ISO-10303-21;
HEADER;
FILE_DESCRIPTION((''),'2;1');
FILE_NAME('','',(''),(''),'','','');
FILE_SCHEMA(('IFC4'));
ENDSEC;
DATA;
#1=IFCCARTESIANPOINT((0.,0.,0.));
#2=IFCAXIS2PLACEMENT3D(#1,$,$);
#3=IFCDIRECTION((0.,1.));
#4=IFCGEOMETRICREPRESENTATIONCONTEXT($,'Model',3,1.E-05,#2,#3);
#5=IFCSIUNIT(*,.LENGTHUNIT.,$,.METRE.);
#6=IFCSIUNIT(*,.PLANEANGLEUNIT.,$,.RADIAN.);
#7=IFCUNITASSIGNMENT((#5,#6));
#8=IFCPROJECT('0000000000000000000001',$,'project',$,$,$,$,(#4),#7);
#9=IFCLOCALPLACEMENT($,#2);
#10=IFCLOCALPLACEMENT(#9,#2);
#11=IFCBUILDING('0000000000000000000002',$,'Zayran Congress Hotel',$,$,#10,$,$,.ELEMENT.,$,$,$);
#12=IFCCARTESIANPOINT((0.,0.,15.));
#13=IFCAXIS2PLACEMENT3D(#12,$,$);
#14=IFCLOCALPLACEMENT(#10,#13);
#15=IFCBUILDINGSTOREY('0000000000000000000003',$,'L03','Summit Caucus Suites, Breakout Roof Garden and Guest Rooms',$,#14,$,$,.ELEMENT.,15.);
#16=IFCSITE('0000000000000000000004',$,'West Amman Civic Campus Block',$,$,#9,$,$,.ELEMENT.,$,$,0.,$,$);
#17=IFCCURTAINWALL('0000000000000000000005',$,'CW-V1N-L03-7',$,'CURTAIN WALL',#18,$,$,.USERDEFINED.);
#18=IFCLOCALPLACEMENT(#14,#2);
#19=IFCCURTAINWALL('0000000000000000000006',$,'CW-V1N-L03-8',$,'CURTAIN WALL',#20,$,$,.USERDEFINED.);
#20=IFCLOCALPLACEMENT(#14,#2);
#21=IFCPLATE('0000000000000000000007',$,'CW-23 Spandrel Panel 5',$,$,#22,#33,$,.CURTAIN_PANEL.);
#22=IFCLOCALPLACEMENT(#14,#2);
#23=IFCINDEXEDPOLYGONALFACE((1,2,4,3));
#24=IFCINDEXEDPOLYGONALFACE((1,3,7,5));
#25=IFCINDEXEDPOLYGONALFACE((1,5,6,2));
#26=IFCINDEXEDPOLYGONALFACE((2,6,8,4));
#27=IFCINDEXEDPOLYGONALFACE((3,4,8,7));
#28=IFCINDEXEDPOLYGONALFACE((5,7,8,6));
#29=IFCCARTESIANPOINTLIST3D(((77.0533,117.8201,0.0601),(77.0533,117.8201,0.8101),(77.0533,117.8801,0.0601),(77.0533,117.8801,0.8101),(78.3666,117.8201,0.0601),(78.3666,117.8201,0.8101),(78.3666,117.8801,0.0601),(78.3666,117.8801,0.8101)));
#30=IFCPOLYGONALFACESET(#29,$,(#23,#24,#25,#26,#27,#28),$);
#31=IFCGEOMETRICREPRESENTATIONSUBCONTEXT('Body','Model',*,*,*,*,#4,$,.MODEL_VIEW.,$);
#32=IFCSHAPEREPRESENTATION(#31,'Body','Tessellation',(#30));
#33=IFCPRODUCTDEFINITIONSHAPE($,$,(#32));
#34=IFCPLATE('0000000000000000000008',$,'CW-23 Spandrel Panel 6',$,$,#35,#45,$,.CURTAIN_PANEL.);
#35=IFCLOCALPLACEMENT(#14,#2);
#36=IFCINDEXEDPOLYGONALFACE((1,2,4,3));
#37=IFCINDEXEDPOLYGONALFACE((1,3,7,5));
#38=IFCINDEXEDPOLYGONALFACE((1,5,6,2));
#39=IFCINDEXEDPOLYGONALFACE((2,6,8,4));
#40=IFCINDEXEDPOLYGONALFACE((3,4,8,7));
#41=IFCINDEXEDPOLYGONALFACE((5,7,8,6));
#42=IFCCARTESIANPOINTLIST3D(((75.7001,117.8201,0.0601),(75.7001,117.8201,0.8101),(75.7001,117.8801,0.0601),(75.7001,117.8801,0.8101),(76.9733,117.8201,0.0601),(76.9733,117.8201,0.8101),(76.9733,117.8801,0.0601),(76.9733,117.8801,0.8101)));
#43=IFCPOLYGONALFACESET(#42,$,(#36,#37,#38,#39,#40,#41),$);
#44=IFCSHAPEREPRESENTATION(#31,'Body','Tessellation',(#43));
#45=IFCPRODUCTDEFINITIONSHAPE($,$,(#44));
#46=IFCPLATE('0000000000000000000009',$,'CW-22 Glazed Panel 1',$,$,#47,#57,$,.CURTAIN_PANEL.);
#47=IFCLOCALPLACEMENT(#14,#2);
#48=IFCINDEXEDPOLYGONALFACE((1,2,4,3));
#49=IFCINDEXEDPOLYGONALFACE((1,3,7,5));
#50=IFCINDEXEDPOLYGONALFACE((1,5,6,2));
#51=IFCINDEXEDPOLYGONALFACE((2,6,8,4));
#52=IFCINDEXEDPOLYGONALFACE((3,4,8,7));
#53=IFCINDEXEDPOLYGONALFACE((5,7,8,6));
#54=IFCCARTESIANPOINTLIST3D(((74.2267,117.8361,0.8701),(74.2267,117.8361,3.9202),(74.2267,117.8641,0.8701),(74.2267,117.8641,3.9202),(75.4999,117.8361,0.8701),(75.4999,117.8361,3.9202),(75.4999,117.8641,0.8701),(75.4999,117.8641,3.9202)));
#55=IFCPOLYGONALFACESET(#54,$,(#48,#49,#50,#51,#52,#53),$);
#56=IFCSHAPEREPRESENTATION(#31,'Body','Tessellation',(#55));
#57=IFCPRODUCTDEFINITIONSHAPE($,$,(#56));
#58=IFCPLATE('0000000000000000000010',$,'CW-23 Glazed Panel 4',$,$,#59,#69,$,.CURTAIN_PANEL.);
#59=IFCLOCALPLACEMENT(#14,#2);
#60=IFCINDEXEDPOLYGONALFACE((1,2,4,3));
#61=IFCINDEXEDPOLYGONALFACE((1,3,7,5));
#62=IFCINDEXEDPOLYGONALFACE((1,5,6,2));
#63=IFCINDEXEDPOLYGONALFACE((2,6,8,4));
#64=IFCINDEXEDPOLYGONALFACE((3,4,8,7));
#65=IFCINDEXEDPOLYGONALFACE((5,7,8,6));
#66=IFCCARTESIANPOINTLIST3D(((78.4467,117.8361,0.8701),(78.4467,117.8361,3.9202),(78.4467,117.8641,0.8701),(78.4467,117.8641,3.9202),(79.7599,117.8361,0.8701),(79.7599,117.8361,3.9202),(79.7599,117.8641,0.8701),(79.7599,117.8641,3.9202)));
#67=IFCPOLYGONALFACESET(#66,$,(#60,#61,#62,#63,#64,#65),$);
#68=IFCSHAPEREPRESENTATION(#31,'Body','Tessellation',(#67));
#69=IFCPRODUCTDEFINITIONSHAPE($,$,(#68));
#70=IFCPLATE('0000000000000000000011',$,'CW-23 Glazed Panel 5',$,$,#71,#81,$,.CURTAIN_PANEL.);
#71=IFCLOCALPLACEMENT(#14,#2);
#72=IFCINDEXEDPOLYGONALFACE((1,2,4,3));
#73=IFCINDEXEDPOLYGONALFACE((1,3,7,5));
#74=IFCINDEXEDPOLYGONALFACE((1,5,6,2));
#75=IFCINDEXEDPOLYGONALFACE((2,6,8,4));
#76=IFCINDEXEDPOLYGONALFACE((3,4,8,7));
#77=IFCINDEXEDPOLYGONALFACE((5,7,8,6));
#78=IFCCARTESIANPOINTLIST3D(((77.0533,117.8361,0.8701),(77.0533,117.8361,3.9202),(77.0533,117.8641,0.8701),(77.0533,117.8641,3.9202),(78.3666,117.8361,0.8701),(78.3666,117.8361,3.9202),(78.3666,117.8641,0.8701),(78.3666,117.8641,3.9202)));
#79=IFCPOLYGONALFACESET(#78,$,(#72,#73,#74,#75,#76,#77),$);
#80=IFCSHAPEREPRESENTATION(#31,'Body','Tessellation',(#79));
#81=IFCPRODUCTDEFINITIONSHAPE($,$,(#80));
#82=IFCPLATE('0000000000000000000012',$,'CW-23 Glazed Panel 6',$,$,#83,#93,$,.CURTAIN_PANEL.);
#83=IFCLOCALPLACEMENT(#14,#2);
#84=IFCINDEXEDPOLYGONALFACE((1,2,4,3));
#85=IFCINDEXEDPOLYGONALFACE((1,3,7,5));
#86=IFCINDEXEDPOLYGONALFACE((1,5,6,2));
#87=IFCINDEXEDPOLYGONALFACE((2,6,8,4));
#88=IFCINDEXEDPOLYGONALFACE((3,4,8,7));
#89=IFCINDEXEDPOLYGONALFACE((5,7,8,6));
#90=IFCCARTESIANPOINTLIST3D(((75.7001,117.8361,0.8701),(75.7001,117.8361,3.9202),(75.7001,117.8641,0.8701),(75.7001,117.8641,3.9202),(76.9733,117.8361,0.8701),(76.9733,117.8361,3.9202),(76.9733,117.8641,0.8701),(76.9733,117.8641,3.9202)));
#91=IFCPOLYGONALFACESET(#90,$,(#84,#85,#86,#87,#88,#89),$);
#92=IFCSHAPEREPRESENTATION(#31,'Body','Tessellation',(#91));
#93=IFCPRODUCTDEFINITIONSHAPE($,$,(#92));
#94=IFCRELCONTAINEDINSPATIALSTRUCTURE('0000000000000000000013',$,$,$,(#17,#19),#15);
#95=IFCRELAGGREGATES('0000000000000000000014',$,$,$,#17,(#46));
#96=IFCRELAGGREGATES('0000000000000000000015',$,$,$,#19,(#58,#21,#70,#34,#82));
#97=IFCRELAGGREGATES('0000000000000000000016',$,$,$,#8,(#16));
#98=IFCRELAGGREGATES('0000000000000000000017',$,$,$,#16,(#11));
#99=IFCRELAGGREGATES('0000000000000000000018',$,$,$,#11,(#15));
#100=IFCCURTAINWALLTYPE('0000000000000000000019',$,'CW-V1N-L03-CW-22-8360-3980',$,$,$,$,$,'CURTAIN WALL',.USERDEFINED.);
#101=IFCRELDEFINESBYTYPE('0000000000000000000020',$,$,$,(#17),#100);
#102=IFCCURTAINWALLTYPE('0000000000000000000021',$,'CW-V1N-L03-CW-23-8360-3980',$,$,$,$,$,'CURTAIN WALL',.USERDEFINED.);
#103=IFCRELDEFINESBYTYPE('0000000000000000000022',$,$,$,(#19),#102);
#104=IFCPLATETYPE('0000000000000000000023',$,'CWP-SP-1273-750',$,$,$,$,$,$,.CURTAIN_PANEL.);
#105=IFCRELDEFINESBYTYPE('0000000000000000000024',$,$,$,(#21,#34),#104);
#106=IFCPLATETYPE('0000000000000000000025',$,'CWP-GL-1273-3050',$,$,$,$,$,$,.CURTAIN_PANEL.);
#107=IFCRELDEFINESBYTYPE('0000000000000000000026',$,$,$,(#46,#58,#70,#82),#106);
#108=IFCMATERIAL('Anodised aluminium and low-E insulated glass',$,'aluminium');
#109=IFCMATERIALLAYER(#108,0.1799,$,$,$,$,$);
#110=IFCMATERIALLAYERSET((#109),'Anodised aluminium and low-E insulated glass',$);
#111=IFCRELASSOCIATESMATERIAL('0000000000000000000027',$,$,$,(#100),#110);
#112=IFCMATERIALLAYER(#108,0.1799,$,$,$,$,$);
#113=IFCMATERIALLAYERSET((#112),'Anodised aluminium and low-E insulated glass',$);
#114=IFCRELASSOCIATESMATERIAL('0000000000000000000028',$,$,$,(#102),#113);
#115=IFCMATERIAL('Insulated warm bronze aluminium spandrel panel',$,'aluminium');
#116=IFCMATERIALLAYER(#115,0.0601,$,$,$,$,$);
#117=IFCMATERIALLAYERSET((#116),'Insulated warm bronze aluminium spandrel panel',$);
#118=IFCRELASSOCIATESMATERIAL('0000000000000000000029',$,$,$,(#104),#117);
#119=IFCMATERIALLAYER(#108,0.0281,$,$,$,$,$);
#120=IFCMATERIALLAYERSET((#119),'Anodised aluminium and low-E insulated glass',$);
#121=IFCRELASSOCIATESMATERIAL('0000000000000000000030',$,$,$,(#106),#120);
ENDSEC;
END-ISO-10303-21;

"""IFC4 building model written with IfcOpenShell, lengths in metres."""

from ifc_helpers import new_model, si_unit, direction, frame, origin, origin_2d, place, context, subcontext, project, spatial, rectangle, extrude, material, layer, layer_set, type_object, element, aggregate, save


model = new_model("IFC4")

# Units and contexts
model_context = context("Model", 3, precision=1e-05, world=origin(), true_north=direction((0.0, 1.0)))
body_context = subcontext(model_context, "Body", "Model", "MODEL_VIEW")
ifc_project = project(units=[si_unit("LENGTHUNIT", "METRE"), si_unit("PLANEANGLEUNIT", "RADIAN")], contexts=[model_context])

# Site, building, storey
site_placement = place(None, origin())
site = spatial("IfcSite", under=ifc_project, at=site_placement, Name="West Amman Civic Campus Block", CompositionType="ELEMENT", RefElevation=0.0)
building_placement = place(site_placement, origin())
building = spatial("IfcBuilding", under=site, at=building_placement, Name="Zayran Congress Hotel", CompositionType="ELEMENT")
storey_placement = place(building_placement, frame((0.0, 0.0, 15.0)))
storey = spatial("IfcBuildingStorey", under=building, at=storey_placement, Name="L03", Description="Summit Caucus Suites, Breakout Roof Garden and Guest Rooms", CompositionType="ELEMENT", Elevation=15.0)

# Curtain wall
ifc_material_1 = material(Name="Anodised aluminium and low-E insulated glass", Category="aluminium")
ifc_layer_1 = layer(ifc_material_1, 0.1799)
ifc_layer_set_1 = layer_set([ifc_layer_1], Name="Anodised aluminium and low-E insulated glass")
curtain_wall_type_1 = type_object("IfcCurtainWallType", Name="CW-V1N-L03-CW-22-8360-3980", ElementType="CURTAIN WALL", PredefinedType="USERDEFINED", material=ifc_layer_set_1)
curtain_wall_1_placement = place(storey_placement, origin())
curtain_wall_1 = element("IfcCurtainWall", 1, at=curtain_wall_1_placement, inside=storey, type_object=curtain_wall_type_1, Name="CW-V1N-L03-7", ObjectType="CURTAIN WALL", PredefinedType="USERDEFINED")

# Curtain wall
ifc_layer_2 = layer(ifc_material_1, 0.1799)
ifc_layer_set_2 = layer_set([ifc_layer_2], Name="Anodised aluminium and low-E insulated glass")
curtain_wall_type_2 = type_object("IfcCurtainWallType", Name="CW-V1N-L03-CW-23-8360-3980", ElementType="CURTAIN WALL", PredefinedType="USERDEFINED", material=ifc_layer_set_2)
curtain_wall_2_placement = place(storey_placement, origin())
curtain_wall_2 = element("IfcCurtainWall", 2, at=curtain_wall_2_placement, inside=storey, type_object=curtain_wall_type_2, Name="CW-V1N-L03-8", ObjectType="CURTAIN WALL", PredefinedType="USERDEFINED")

# Plates
ifc_material_2 = material(Name="Insulated warm bronze aluminium spandrel panel", Category="aluminium")
ifc_layer_3 = layer(ifc_material_2, 0.0601)
ifc_layer_set_3 = layer_set([ifc_layer_3], Name="Insulated warm bronze aluminium spandrel panel")
plate_type_1 = type_object("IfcPlateType", Name="CWP-SP-1273-750", PredefinedType="CURTAIN_PANEL", material=ifc_layer_set_3)
plate_1_placement = place(storey_placement, frame((77.71, 117.8501, 0.0601), z_axis=(0.0, 0.0, 1.0), x_axis=(1.0, 0.0, 0.0)))
plate_1 = element("IfcPlate", 3, at=plate_1_placement, type_object=plate_type_1, Name="CW-23 Spandrel Panel 5", PredefinedType="CURTAIN_PANEL", context=body_context, shape_type="SweptSolid", body=[
    extrude(rectangle(XDim=1.3132, YDim=0.0601, at=origin_2d()), origin(), (0.0, 0.0, 1.0), 0.75),
])
plate_2_placement = place(storey_placement, frame((76.3367, 117.8501, 0.0601), z_axis=(0.0, 0.0, 1.0), x_axis=(1.0, 0.0, 0.0)))
plate_2 = element("IfcPlate", 4, at=plate_2_placement, type_object=plate_type_1, Name="CW-23 Spandrel Panel 6", PredefinedType="CURTAIN_PANEL", context=body_context, shape_type="SweptSolid", body=[
    extrude(rectangle(XDim=1.2732, YDim=0.0601, at=origin_2d()), origin(), (0.0, 0.0, 1.0), 0.75),
])
ifc_layer_4 = layer(ifc_material_1, 0.0281)
ifc_layer_set_4 = layer_set([ifc_layer_4], Name="Anodised aluminium and low-E insulated glass")
plate_type_2 = type_object("IfcPlateType", Name="CWP-GL-1273-3050", PredefinedType="CURTAIN_PANEL", material=ifc_layer_set_4)
plate_3_placement = place(storey_placement, frame((74.8633, 117.8501, 0.8701), z_axis=(0.0, 0.0, 1.0), x_axis=(1.0, 0.0, 0.0)))
plate_3 = element("IfcPlate", 5, at=plate_3_placement, type_object=plate_type_2, Name="CW-22 Glazed Panel 1", PredefinedType="CURTAIN_PANEL", context=body_context, shape_type="SweptSolid", body=[
    extrude(rectangle(XDim=1.2732, YDim=0.0281, at=origin_2d()), origin(), (0.0, 0.0, 1.0), 3.05),
])
aggregate(curtain_wall_1, [plate_3])
plate_4_placement = place(storey_placement, frame((79.1033, 117.8501, 0.8701), z_axis=(0.0, 0.0, 1.0), x_axis=(1.0, 0.0, 0.0)))
plate_4 = element("IfcPlate", 6, at=plate_4_placement, type_object=plate_type_2, Name="CW-23 Glazed Panel 4", PredefinedType="CURTAIN_PANEL", context=body_context, shape_type="SweptSolid", body=[
    extrude(rectangle(XDim=1.3132, YDim=0.0281, at=origin_2d()), origin(), (0.0, 0.0, 1.0), 3.05),
])
plate_5_placement = place(storey_placement, frame((77.71, 117.8501, 0.8701), z_axis=(0.0, 0.0, 1.0), x_axis=(1.0, 0.0, 0.0)))
plate_5 = element("IfcPlate", 7, at=plate_5_placement, type_object=plate_type_2, Name="CW-23 Glazed Panel 5", PredefinedType="CURTAIN_PANEL", context=body_context, shape_type="SweptSolid", body=[
    extrude(rectangle(XDim=1.3132, YDim=0.0281, at=origin_2d()), origin(), (0.0, 0.0, 1.0), 3.05),
])
plate_6_placement = place(storey_placement, frame((76.3367, 117.8501, 0.8701), z_axis=(0.0, 0.0, 1.0), x_axis=(1.0, 0.0, 0.0)))
plate_6 = element("IfcPlate", 8, at=plate_6_placement, type_object=plate_type_2, Name="CW-23 Glazed Panel 6", PredefinedType="CURTAIN_PANEL", context=body_context, shape_type="SweptSolid", body=[
    extrude(rectangle(XDim=1.2732, YDim=0.0281, at=origin_2d()), origin(), (0.0, 0.0, 1.0), 3.05),
])
aggregate(curtain_wall_2, [plate_4, plate_1, plate_5, plate_2, plate_6])

save(model, "model.ifc")
